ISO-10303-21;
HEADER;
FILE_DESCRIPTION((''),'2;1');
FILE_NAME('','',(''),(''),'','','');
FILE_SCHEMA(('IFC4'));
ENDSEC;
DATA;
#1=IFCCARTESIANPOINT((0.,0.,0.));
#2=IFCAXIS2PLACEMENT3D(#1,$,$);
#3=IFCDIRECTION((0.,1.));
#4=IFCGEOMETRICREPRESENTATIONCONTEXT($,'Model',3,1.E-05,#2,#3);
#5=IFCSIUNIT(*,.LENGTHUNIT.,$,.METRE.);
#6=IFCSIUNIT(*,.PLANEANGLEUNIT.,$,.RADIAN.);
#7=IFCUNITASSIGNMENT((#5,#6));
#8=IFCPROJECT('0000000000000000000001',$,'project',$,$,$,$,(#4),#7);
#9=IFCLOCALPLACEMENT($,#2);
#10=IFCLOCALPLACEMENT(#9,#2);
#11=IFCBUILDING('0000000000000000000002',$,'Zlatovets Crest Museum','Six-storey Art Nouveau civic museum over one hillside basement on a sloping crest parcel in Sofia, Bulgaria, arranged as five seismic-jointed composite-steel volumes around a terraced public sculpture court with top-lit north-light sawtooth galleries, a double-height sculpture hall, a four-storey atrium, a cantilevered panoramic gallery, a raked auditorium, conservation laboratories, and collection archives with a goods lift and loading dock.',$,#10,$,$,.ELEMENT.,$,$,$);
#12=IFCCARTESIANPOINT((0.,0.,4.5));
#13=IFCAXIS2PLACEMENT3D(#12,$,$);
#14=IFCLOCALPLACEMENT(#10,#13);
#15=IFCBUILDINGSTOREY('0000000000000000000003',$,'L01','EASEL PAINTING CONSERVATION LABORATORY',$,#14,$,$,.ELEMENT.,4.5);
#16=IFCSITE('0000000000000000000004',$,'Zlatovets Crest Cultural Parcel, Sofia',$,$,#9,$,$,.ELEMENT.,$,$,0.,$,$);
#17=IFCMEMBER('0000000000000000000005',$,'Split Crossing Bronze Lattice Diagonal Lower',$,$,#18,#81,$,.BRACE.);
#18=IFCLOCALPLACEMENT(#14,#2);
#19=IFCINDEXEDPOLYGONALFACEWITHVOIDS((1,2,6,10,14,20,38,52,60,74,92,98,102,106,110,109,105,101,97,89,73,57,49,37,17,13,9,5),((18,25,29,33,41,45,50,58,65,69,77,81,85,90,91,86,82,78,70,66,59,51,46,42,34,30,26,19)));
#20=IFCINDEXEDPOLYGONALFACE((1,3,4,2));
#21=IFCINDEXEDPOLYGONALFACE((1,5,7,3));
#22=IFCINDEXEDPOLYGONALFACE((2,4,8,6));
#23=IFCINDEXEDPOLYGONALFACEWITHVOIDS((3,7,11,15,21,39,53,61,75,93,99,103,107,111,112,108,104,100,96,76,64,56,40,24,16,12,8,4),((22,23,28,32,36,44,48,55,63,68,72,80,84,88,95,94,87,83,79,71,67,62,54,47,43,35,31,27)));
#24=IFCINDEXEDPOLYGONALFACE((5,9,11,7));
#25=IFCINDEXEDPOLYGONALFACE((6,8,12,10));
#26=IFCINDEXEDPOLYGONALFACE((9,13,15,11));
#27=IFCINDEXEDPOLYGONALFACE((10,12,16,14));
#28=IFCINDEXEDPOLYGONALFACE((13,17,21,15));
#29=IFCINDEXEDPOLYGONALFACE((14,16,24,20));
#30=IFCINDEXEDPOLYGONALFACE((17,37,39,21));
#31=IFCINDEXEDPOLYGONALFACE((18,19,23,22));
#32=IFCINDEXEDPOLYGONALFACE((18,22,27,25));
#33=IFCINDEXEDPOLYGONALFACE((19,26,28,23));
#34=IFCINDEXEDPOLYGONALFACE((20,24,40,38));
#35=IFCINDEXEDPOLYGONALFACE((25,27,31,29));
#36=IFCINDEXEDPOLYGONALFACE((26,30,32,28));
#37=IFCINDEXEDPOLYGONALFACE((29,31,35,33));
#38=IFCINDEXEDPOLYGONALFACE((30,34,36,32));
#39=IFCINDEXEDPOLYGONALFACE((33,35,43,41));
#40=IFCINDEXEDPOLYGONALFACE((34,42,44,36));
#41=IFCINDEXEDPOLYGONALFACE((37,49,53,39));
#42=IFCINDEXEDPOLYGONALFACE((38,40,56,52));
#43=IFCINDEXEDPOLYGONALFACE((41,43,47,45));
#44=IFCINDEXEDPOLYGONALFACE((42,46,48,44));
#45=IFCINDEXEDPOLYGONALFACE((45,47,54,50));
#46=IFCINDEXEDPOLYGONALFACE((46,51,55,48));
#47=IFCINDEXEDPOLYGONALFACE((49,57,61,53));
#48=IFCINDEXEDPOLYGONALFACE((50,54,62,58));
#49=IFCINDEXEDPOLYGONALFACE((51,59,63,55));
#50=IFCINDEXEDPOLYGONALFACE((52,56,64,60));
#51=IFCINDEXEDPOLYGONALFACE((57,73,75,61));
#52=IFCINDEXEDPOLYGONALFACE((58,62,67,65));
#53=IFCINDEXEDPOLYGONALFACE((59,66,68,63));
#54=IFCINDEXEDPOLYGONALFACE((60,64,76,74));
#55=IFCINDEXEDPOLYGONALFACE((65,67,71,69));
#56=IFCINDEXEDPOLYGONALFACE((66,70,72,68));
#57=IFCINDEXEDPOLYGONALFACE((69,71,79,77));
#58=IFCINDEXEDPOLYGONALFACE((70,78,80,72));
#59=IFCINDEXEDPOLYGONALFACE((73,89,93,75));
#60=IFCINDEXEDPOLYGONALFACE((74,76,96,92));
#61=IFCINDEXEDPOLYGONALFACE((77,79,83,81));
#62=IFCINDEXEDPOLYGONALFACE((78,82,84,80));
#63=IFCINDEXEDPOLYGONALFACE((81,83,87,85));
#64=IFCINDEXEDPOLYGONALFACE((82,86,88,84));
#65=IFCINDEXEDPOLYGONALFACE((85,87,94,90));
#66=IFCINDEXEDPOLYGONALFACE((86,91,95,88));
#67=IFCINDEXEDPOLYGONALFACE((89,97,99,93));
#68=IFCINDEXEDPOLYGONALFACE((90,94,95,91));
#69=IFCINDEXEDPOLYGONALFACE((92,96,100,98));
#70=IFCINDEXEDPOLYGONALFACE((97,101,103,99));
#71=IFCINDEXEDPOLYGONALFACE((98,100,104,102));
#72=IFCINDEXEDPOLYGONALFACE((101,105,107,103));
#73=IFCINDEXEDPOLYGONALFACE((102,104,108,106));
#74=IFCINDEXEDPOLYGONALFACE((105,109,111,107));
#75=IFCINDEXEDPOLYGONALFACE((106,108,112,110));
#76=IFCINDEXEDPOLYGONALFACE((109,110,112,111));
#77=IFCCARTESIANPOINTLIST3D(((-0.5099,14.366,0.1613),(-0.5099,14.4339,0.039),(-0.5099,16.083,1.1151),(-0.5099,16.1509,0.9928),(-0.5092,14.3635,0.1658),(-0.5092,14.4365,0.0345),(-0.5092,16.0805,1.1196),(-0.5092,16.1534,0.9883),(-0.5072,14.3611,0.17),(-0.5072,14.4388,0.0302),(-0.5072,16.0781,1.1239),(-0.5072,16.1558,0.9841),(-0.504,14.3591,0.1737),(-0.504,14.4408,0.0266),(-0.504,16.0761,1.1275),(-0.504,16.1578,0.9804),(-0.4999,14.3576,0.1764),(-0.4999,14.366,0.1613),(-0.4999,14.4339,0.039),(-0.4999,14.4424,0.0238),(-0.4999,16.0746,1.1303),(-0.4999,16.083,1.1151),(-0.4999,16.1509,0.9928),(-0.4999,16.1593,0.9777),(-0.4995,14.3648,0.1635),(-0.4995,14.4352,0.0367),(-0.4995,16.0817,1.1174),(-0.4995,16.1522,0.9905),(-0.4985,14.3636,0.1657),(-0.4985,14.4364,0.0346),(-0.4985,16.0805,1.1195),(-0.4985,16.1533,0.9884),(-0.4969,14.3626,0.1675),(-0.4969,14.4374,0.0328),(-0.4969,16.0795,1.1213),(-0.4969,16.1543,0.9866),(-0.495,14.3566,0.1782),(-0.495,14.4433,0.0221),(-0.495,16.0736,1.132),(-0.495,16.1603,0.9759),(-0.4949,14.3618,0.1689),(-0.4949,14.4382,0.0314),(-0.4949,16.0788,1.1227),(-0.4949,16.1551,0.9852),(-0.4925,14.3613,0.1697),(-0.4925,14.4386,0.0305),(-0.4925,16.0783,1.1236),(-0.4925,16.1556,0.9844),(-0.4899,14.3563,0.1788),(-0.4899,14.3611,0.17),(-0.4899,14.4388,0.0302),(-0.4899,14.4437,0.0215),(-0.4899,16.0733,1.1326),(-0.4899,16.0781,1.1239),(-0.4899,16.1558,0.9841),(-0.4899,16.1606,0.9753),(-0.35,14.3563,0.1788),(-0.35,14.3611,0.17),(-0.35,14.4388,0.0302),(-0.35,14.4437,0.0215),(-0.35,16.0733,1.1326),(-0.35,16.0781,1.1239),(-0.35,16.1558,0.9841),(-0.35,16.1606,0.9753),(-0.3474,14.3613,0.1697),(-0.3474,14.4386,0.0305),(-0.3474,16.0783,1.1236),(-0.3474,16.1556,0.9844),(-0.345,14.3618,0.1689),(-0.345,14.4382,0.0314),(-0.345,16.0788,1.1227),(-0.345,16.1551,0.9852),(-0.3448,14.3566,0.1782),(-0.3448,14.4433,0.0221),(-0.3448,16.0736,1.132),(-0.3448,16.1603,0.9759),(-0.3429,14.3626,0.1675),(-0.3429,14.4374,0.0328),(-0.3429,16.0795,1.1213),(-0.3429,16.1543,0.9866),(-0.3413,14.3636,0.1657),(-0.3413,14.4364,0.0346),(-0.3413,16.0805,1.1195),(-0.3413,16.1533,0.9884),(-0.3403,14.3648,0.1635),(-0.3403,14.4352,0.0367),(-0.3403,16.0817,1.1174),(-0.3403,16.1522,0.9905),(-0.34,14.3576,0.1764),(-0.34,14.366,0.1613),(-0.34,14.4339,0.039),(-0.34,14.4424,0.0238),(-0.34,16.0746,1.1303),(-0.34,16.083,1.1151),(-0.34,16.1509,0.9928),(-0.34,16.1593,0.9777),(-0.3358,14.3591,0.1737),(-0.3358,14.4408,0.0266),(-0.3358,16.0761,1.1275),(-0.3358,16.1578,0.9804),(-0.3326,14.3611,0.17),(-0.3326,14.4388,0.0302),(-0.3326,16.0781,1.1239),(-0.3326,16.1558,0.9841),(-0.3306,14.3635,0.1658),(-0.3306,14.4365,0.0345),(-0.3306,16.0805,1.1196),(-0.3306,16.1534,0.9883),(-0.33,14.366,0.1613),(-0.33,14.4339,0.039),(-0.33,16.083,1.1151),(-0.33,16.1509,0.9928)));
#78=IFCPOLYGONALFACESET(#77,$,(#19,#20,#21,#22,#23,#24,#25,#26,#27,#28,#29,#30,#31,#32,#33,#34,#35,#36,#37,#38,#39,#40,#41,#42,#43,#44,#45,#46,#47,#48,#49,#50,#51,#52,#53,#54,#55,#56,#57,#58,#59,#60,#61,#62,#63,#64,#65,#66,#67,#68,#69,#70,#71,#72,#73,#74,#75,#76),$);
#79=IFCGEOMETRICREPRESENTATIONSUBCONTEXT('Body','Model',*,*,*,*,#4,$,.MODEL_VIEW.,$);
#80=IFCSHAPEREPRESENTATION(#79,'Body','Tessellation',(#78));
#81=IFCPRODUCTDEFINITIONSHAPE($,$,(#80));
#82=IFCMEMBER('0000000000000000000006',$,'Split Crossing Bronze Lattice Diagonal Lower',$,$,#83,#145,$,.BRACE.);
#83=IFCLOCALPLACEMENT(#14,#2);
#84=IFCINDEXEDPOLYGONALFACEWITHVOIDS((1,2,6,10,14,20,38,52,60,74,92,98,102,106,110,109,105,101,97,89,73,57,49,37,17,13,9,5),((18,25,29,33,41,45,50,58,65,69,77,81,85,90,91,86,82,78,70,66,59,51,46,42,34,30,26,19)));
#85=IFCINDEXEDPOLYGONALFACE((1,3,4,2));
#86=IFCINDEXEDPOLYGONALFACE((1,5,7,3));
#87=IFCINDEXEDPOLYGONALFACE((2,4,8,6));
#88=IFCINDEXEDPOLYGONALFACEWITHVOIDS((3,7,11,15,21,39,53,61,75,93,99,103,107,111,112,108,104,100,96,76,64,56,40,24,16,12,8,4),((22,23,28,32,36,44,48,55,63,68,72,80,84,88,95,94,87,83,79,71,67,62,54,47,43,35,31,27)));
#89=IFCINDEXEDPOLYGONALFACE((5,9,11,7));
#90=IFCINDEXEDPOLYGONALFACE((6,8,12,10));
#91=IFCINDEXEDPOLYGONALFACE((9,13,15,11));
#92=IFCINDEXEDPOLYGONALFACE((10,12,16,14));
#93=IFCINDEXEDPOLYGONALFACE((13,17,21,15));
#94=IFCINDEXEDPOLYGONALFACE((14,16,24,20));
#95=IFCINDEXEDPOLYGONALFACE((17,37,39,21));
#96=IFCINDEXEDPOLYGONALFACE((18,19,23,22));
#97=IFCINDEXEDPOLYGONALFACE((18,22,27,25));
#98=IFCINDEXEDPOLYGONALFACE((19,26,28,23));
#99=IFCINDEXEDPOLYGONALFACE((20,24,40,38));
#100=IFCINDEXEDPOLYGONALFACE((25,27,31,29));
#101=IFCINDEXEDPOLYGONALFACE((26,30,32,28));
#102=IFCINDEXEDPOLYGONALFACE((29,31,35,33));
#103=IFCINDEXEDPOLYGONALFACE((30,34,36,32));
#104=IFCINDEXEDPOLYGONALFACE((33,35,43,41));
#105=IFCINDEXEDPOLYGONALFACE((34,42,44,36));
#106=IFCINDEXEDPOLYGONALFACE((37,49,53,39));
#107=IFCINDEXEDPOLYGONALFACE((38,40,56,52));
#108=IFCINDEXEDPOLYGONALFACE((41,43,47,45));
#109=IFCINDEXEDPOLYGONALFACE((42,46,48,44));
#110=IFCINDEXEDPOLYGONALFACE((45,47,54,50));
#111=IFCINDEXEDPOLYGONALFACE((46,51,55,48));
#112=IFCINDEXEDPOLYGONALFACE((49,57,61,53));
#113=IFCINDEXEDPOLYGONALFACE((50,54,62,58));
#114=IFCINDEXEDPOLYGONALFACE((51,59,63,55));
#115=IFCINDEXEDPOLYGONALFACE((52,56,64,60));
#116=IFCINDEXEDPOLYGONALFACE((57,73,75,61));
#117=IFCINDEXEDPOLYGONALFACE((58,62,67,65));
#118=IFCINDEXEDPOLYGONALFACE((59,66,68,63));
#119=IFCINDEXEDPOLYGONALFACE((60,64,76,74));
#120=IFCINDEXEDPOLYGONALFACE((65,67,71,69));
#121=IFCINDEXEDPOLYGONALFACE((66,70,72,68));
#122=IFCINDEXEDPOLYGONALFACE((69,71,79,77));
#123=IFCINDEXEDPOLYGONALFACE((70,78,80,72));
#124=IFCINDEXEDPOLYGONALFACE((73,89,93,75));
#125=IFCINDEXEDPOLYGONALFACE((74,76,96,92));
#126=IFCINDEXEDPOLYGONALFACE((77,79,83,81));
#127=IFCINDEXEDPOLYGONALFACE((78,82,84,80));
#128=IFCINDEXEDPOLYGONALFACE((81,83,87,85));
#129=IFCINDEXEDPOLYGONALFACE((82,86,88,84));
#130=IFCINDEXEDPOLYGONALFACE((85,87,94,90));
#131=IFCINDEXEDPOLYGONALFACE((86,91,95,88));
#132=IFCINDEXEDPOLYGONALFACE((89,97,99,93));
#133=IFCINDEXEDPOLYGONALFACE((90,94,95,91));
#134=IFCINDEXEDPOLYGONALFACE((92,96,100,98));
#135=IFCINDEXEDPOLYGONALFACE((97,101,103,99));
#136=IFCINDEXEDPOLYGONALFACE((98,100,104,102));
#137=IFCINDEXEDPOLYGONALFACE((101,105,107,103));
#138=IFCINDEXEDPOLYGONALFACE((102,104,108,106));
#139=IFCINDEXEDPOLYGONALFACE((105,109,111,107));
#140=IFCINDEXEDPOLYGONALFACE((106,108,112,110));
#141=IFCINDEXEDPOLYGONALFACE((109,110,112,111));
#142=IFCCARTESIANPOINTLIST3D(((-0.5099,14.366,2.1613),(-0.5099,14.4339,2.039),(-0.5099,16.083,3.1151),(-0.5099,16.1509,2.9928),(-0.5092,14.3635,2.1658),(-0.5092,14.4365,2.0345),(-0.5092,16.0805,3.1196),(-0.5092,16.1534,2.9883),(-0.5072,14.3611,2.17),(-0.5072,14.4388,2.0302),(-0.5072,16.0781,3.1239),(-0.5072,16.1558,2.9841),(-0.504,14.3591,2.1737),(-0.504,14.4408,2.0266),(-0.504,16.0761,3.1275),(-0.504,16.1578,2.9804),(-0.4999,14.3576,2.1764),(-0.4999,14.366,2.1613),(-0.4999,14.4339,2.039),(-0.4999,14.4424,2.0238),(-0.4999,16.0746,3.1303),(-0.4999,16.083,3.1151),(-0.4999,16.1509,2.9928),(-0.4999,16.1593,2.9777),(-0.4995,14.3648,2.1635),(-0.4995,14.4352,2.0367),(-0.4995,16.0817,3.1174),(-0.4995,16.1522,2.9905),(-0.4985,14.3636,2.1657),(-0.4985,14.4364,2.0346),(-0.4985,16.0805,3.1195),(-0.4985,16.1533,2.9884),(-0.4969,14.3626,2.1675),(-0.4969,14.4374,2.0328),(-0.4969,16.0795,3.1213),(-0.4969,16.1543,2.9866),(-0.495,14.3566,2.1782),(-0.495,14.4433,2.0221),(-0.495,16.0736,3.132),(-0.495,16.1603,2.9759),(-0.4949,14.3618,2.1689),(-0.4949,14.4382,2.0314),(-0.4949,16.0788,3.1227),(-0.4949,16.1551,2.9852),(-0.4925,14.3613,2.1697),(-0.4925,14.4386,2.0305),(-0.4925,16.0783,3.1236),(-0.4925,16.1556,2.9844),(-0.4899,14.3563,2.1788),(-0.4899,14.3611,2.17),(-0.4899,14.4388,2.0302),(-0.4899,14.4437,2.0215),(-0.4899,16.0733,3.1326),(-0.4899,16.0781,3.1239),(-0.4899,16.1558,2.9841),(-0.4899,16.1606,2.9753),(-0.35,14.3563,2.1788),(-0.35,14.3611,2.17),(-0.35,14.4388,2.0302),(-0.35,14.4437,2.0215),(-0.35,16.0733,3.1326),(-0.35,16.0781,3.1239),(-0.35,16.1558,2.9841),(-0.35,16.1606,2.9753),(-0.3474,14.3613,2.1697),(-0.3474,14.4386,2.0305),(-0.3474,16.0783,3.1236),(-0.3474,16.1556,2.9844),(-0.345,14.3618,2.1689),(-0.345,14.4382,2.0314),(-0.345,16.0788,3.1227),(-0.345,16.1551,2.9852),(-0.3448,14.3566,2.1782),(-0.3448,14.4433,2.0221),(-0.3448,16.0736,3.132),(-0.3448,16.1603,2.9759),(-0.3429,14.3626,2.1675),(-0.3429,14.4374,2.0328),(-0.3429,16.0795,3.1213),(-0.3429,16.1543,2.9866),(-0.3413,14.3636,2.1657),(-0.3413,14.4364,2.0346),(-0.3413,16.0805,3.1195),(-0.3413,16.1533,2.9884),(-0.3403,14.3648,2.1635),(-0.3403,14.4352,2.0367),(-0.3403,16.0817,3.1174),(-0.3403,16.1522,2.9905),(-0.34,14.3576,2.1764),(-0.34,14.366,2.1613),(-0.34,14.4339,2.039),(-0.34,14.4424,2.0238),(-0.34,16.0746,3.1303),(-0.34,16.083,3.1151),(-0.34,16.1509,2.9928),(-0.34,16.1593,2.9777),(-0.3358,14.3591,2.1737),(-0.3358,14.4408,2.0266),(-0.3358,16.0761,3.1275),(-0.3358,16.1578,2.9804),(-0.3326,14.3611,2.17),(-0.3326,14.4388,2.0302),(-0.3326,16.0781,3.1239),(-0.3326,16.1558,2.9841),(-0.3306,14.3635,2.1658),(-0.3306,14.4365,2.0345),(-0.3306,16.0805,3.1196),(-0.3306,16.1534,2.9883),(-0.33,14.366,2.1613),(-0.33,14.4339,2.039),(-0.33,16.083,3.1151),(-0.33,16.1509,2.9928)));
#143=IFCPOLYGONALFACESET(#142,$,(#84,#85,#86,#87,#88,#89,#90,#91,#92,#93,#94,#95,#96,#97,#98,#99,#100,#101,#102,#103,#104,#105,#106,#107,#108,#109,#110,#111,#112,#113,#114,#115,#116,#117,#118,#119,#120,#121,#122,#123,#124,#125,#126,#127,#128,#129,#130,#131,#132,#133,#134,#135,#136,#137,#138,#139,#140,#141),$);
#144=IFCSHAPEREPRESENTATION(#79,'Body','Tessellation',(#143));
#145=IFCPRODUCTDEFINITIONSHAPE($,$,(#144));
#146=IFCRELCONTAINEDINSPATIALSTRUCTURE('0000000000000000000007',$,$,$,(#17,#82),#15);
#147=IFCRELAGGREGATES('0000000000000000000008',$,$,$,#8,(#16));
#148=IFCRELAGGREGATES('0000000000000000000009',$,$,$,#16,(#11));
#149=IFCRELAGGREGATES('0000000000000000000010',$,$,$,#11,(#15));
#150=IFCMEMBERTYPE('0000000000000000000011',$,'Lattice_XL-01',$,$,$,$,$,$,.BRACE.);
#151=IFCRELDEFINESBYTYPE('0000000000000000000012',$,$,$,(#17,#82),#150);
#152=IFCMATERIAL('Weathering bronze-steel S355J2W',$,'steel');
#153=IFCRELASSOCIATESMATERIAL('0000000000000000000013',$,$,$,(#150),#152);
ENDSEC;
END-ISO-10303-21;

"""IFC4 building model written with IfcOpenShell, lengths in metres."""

from ifc_helpers import new_model, si_unit, direction, frame, origin, origin_2d, place, context, subcontext, project, spatial, hollow_rectangle, extrude, material, material_profile, profile_set, type_object, element, save


model = new_model("IFC4")

# Units and contexts
model_context = context("Model", 3, precision=1e-05, world=origin(), true_north=direction((0.0, 1.0)))
body_context = subcontext(model_context, "Body", "Model", "MODEL_VIEW")
ifc_project = project(units=[si_unit("LENGTHUNIT", "METRE"), si_unit("PLANEANGLEUNIT", "RADIAN")], contexts=[model_context])

# Site, building, storey
site_placement = place(None, origin())
site = spatial("IfcSite", under=ifc_project, at=site_placement, Name="Zlatovets Crest Cultural Parcel, Sofia", CompositionType="ELEMENT", RefElevation=0.0)
building_placement = place(site_placement, origin())
building = spatial("IfcBuilding", under=site, at=building_placement, Name="Zlatovets Crest Museum", Description="Six-storey Art Nouveau civic museum over one hillside basement on a sloping crest parcel in Sofia, Bulgaria, arranged as five seismic-jointed composite-steel volumes around a terraced public sculpture court with top-lit north-light sawtooth galleries, a double-height sculpture hall, a four-storey atrium, a cantilevered panoramic gallery, a raked auditorium, conservation laboratories, and collection archives with a goods lift and loading dock.", CompositionType="ELEMENT")
storey_placement = place(building_placement, frame((0.0, 0.0, 4.5)))
storey = spatial("IfcBuildingStorey", under=building, at=storey_placement, Name="L01", Description="EASEL PAINTING CONSERVATION LABORATORY", CompositionType="ELEMENT", Elevation=4.5)

# Members
ifc_material_1 = material(Name="Weathering bronze-steel S355J2W", Category="steel")
ifc_material_profile_1 = material_profile(ifc_material_1, hollow_rectangle(XDim=0.1799, YDim=0.1799, WallThickness=0.01, InnerFilletRadius=0.01, OuterFilletRadius=0.02, at=origin_2d()), Name="SHS 180x180x10.0")
ifc_profile_set_1 = profile_set([ifc_material_profile_1], Name="Weathering bronze-steel S355J2W")
member_type_1 = type_object("IfcMemberType", Name="Lattice_XL-01", PredefinedType="BRACE", material=ifc_profile_set_1)
for number, where, z_axis, x_axis, name in (
    (1, (-0.4199, 16.1169, 1.054), (0.0, -0.874169, -0.485622), (1.0, 0.0, 0.0), "Split Crossing Bronze Lattice Diagonal Lower"),
    (2, (-0.4199, 16.1169, 3.054), (0.0, -0.874169, -0.485622), (1.0, 0.0, 0.0), "Split Crossing Bronze Lattice Diagonal Lower"),
):
    element("IfcMember", number, at=place(storey_placement, frame(where, z_axis=z_axis, x_axis=x_axis)), inside=storey, type_object=member_type_1, Name=name, PredefinedType="BRACE", context=body_context, shape_type="SweptSolid", body=[
        extrude(hollow_rectangle(XDim=0.1799, YDim=0.1799, WallThickness=0.01, InnerFilletRadius=0.01, OuterFilletRadius=0.02, at=origin_2d()), origin(), (0.0, 0.0, 1.0), 1.9641),
    ])

save(model, "model.ifc")
